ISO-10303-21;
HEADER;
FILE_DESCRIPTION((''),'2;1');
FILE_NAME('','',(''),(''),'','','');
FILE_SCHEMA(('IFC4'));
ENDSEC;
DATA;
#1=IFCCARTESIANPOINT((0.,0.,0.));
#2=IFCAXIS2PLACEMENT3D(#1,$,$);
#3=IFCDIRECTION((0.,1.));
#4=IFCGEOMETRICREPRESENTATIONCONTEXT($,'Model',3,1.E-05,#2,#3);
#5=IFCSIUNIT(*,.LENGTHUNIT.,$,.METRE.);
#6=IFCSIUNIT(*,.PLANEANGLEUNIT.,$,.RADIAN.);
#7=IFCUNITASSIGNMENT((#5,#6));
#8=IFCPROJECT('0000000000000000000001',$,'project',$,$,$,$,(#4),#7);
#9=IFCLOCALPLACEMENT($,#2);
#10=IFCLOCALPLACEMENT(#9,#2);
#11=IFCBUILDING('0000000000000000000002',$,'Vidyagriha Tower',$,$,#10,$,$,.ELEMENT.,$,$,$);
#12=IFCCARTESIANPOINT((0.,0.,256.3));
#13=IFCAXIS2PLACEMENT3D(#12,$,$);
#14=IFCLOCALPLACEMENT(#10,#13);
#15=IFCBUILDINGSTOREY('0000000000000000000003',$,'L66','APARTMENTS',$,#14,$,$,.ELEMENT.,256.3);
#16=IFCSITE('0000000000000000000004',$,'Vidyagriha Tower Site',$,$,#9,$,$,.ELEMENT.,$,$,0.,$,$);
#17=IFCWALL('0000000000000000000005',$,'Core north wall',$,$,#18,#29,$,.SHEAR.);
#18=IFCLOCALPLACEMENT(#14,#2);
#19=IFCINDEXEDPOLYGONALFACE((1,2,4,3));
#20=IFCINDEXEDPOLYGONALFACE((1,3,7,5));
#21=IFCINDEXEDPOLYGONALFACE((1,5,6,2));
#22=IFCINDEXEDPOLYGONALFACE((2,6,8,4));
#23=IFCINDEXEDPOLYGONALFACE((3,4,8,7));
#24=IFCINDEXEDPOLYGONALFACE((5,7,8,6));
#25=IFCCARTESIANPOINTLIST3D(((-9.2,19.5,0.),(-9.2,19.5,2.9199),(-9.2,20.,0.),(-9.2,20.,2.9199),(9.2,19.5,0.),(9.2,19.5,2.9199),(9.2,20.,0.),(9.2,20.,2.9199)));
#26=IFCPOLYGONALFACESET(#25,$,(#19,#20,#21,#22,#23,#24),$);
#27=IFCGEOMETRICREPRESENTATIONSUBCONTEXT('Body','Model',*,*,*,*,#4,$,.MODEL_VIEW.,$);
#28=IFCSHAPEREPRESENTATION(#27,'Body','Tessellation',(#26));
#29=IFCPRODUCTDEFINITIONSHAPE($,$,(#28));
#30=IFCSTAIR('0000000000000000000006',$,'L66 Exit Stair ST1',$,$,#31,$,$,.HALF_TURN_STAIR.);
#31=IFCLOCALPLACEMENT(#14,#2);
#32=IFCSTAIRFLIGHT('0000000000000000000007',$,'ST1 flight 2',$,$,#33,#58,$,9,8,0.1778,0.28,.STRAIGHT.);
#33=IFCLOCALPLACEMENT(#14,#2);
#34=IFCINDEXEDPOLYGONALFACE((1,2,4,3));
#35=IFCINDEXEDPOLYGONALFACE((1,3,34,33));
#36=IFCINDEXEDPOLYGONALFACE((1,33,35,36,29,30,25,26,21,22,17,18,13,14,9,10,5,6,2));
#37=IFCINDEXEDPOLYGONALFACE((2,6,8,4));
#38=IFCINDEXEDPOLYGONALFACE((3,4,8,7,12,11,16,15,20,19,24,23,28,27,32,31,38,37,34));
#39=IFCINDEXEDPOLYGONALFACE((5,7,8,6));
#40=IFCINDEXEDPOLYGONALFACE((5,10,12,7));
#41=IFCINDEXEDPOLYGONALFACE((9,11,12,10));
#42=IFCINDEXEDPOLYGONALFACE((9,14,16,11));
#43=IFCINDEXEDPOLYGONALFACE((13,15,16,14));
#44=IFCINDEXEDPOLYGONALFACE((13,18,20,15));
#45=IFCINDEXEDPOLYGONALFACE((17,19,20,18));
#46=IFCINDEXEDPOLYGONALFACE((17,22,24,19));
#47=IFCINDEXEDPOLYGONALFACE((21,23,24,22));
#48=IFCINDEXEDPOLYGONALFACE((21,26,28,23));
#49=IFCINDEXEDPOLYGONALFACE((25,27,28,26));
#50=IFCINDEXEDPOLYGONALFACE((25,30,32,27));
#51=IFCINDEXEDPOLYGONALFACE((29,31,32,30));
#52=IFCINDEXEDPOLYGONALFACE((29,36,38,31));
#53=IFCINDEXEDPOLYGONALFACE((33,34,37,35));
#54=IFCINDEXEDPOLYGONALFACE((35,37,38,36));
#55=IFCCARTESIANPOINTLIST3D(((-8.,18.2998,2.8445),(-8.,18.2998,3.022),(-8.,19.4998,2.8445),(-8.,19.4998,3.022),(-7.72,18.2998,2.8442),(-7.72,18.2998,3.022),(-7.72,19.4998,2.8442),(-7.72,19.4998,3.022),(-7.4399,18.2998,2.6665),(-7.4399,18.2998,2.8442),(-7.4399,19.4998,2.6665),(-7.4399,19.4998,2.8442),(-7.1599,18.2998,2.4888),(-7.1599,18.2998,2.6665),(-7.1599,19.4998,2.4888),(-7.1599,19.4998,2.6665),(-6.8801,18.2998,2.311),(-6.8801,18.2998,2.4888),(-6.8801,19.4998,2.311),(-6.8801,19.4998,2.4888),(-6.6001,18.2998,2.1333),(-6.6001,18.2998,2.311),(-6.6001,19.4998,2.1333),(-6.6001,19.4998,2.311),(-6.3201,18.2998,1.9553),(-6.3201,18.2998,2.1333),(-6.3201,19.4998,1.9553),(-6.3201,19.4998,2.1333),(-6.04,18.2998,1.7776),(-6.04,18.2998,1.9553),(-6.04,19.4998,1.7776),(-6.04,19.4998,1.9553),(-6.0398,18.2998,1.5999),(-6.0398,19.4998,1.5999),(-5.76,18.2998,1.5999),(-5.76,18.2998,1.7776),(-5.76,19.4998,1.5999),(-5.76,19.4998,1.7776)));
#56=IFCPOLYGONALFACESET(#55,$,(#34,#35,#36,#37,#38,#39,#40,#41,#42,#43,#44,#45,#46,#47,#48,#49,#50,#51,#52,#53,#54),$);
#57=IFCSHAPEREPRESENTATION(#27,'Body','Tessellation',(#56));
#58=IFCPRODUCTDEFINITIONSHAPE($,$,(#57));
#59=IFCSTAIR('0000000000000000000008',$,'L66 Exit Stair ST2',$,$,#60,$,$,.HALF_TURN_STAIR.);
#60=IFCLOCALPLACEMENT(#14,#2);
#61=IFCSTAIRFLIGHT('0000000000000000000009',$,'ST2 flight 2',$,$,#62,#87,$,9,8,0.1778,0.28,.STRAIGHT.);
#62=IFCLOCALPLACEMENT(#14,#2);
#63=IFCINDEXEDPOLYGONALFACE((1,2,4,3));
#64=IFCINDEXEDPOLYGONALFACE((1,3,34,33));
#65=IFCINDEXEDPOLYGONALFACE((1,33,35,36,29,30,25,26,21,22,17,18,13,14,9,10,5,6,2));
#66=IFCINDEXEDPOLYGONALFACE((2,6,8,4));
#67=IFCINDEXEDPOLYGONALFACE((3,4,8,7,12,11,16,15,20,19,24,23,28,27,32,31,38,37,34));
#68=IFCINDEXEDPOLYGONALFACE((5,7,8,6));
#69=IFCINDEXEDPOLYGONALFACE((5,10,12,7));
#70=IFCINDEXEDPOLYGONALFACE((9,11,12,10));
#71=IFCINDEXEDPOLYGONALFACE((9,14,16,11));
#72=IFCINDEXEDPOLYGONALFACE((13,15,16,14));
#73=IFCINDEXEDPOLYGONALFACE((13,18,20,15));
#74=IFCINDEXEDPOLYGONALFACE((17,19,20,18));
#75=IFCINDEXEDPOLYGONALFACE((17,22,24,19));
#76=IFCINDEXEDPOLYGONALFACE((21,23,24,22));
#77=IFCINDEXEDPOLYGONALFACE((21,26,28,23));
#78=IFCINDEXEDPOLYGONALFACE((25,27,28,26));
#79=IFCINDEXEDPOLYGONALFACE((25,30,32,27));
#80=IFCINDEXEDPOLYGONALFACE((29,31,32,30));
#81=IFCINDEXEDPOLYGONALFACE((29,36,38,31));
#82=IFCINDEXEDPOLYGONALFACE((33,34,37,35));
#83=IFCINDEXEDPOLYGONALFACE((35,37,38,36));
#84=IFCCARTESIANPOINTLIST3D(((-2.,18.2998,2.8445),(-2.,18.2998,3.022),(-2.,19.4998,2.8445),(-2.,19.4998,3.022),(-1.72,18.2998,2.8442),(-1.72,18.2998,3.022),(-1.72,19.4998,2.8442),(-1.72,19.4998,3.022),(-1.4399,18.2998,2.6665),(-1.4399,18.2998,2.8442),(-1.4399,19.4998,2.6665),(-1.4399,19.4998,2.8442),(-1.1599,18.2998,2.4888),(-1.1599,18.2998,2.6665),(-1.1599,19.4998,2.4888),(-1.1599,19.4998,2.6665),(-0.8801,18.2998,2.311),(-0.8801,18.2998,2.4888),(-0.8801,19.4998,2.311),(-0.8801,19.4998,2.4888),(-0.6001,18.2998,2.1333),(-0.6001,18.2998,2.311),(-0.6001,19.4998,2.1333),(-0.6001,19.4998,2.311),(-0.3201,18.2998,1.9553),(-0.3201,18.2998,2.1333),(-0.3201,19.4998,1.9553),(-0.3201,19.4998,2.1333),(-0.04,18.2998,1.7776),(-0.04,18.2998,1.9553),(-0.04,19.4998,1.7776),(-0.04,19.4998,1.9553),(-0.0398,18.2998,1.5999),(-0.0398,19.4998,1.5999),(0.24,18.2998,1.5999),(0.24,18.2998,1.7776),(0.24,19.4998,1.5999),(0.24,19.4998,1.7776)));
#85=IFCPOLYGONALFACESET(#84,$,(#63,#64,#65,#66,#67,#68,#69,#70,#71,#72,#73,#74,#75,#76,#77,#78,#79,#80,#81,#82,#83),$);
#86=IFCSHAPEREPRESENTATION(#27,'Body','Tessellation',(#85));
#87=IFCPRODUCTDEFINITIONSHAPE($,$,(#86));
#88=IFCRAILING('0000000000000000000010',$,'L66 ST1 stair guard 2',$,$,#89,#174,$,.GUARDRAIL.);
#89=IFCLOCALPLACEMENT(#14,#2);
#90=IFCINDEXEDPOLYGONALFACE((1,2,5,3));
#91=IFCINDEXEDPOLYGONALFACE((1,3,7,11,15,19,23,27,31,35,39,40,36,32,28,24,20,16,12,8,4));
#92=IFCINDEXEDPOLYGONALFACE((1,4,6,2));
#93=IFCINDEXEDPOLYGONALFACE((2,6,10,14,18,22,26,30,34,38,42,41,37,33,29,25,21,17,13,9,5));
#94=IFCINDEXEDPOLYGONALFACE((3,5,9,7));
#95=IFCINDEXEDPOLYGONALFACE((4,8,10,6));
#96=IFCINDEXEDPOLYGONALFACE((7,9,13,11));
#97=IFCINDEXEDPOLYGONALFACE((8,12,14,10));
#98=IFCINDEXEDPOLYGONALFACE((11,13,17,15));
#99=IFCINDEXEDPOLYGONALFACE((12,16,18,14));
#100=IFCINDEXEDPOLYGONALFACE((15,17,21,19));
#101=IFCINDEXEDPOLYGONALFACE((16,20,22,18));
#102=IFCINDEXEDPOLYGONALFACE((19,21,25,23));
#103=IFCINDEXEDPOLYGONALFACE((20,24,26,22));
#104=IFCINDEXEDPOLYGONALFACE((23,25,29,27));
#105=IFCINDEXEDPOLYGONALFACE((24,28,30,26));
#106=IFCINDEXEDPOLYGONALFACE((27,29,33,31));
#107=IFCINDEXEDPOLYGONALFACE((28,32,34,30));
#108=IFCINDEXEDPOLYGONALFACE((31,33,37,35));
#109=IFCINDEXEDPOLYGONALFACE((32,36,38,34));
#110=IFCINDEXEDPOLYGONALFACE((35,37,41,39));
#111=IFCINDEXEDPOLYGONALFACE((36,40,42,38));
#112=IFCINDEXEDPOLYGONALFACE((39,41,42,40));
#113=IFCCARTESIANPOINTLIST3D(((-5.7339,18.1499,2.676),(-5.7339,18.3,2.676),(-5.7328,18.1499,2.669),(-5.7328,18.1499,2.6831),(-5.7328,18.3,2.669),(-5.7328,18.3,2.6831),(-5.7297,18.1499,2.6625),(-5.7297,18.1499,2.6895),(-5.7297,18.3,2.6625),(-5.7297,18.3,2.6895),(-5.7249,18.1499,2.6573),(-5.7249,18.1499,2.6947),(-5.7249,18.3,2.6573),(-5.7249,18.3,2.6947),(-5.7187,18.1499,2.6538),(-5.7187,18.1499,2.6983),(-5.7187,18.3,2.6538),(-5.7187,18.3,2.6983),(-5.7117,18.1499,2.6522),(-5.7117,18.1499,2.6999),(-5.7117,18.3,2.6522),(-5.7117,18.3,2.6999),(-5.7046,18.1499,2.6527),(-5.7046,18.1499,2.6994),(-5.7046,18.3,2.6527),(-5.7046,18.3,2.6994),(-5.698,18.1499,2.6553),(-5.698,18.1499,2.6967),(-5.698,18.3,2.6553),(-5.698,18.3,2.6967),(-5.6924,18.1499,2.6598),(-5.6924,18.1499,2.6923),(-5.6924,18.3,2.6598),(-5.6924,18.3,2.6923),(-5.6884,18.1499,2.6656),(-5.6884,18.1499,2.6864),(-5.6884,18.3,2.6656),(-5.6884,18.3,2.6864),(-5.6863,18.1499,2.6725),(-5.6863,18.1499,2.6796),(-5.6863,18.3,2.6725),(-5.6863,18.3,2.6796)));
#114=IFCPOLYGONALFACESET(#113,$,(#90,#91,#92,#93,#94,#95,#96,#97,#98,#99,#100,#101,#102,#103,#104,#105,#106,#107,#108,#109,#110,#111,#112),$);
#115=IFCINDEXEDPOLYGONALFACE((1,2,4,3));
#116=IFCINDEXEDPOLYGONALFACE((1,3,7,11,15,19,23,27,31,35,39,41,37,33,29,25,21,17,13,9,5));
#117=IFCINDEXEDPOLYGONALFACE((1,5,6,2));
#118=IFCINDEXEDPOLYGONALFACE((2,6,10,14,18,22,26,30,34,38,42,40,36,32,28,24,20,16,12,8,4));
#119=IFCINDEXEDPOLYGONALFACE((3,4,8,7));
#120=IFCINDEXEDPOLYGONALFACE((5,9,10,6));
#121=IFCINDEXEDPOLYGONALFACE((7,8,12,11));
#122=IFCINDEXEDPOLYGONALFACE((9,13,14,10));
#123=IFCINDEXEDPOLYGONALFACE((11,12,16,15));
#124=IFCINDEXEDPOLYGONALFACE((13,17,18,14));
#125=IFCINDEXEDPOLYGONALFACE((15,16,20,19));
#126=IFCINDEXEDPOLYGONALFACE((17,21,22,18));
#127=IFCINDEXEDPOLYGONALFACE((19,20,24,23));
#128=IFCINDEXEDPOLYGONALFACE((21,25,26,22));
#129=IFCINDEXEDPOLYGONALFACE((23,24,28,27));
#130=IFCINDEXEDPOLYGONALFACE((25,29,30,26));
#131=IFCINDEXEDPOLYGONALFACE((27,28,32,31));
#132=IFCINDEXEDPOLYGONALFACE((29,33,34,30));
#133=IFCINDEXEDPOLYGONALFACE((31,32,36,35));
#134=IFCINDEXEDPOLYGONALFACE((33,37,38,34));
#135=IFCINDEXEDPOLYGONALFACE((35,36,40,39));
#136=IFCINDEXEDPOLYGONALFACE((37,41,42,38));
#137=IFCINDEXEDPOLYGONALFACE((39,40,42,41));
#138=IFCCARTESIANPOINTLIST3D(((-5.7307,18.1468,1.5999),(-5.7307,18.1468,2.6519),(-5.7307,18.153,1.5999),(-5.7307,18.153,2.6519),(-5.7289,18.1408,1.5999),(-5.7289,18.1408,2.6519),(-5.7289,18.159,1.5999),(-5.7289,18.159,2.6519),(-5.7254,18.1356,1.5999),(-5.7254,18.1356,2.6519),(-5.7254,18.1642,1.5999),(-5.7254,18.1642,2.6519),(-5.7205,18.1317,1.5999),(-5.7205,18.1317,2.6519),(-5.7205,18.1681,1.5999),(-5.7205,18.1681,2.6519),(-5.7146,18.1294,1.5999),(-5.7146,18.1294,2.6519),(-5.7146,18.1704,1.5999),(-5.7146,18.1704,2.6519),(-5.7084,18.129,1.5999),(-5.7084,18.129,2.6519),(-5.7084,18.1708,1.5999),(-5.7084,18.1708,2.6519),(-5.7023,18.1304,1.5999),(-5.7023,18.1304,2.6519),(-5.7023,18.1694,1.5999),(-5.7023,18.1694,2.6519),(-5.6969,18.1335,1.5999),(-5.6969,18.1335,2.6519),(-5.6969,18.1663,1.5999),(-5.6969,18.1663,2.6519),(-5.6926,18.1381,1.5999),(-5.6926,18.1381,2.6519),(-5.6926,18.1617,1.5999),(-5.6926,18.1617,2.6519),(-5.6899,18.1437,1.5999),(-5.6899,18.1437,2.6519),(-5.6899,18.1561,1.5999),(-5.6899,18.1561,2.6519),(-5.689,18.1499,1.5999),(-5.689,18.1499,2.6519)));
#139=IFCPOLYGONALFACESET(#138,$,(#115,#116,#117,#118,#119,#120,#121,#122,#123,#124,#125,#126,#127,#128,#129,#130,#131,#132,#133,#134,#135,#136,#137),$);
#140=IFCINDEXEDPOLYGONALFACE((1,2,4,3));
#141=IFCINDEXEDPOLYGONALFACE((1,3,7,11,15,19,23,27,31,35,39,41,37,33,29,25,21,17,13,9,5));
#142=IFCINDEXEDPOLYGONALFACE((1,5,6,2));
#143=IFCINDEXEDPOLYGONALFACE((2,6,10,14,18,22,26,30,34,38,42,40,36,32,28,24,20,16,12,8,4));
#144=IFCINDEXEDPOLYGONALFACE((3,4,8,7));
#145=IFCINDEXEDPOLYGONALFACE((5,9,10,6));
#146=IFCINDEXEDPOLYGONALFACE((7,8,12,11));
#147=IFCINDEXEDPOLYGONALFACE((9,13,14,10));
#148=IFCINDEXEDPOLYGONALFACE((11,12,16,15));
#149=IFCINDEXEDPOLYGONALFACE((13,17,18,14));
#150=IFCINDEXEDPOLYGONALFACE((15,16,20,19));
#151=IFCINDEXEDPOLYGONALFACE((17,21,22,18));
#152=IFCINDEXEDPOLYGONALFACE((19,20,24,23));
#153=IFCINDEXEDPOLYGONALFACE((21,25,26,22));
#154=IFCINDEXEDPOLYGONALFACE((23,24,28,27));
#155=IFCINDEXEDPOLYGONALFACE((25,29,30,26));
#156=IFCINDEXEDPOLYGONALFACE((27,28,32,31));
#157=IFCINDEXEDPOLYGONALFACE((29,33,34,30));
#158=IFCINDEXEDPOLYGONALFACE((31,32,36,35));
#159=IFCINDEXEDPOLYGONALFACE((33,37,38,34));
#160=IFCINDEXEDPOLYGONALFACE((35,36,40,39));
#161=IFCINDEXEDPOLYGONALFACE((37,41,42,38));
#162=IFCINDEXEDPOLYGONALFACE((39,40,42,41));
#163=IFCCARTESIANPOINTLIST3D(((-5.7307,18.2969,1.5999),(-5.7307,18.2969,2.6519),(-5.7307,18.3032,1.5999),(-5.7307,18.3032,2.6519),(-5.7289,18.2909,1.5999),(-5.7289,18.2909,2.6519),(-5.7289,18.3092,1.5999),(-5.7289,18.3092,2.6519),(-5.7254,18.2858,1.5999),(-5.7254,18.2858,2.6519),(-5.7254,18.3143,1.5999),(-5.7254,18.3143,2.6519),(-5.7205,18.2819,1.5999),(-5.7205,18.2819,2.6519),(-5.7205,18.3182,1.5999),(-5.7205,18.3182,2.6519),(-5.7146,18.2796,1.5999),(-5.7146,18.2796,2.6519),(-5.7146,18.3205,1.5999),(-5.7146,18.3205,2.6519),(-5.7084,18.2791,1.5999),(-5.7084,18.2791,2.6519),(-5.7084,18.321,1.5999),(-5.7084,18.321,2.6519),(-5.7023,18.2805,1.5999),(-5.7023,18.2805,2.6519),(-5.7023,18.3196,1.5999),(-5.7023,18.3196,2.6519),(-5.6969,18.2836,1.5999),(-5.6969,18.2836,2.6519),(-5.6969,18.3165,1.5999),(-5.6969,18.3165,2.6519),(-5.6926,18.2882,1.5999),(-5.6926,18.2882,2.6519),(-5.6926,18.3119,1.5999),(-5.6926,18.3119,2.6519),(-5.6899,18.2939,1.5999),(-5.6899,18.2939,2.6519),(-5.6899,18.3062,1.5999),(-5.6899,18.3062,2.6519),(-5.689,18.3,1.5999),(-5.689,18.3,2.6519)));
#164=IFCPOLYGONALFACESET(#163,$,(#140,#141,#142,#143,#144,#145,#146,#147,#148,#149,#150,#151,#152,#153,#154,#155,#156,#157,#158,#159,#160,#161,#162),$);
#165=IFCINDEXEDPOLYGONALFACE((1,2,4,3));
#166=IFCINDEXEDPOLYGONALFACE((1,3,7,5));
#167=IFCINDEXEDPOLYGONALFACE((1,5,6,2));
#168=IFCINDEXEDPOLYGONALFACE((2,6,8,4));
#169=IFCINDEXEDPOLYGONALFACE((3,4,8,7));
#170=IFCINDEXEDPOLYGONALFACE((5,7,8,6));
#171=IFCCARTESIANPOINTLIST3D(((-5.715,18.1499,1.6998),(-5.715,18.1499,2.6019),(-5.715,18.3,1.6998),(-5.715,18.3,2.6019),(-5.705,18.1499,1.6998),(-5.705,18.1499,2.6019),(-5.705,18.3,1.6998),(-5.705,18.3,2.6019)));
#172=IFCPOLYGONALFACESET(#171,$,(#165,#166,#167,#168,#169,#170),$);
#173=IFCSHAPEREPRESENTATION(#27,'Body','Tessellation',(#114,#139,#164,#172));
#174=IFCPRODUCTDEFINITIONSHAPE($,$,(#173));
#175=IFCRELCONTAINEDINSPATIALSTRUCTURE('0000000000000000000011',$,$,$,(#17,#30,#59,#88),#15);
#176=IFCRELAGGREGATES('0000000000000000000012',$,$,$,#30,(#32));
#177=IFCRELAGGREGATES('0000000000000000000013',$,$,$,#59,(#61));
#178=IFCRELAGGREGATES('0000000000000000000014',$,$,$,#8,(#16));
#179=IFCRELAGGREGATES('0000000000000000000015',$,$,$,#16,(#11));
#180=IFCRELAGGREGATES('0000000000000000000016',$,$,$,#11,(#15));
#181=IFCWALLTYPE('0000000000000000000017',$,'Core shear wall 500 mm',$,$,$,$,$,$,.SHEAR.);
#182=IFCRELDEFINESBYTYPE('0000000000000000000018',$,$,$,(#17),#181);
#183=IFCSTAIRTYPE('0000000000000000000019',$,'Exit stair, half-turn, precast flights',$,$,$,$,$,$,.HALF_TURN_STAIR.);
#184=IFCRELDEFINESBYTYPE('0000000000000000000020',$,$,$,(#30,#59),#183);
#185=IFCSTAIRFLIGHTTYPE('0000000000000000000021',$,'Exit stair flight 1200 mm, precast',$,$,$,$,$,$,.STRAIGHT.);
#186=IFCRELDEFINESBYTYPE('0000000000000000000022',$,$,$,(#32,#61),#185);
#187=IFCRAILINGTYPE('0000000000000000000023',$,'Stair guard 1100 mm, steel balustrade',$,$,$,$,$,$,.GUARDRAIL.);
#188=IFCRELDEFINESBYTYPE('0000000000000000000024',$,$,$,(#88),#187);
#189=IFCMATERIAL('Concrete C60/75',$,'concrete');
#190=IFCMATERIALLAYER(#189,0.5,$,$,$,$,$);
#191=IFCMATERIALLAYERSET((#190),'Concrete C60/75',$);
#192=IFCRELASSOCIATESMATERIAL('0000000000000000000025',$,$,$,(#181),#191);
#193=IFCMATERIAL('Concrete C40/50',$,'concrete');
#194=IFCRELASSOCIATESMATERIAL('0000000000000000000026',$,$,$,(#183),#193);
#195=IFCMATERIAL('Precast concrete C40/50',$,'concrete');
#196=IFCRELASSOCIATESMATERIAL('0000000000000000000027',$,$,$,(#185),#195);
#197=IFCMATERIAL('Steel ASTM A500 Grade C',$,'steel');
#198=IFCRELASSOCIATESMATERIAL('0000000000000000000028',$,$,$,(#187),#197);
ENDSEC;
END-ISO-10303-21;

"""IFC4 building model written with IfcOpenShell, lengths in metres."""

from ifc_helpers import new_model, si_unit, direction, frame, frame_2d, origin, origin_2d, place, context, subcontext, project, spatial, polyline, rectangle, circle, outline, extrude, material, layer, layer_set, type_object, element, aggregate, save


model = new_model("IFC4")

# Units and contexts
model_context = context("Model", 3, precision=1e-05, world=origin(), true_north=direction((0.0, 1.0)))
body_context = subcontext(model_context, "Body", "Model", "MODEL_VIEW")
ifc_project = project(units=[si_unit("LENGTHUNIT", "METRE"), si_unit("PLANEANGLEUNIT", "RADIAN")], contexts=[model_context])

# Site, building, storey
site_placement = place(None, origin())
site = spatial("IfcSite", under=ifc_project, at=site_placement, Name="Vidyagriha Tower Site", CompositionType="ELEMENT", RefElevation=0.0)
building_placement = place(site_placement, origin())
building = spatial("IfcBuilding", under=site, at=building_placement, Name="Vidyagriha Tower", CompositionType="ELEMENT")
storey_placement = place(building_placement, frame((0.0, 0.0, 256.3)))
storey = spatial("IfcBuildingStorey", under=building, at=storey_placement, Name="L66", Description="APARTMENTS", CompositionType="ELEMENT", Elevation=256.3)

# Wall
ifc_material_1 = material(Name="Concrete C60/75", Category="concrete")
ifc_layer_1 = layer(ifc_material_1, 0.5)
ifc_layer_set_1 = layer_set([ifc_layer_1], Name="Concrete C60/75")
wall_type = type_object("IfcWallType", Name="Core shear wall 500 mm", PredefinedType="SHEAR", material=ifc_layer_set_1)
wall_placement = place(storey_placement, frame((-9.2, 19.75, 0.0)))
element("IfcWall", 1, at=wall_placement, inside=storey, type_object=wall_type, Name="Core north wall", PredefinedType="SHEAR", context=body_context, shape_type="SweptSolid", body=[
    extrude(rectangle(XDim=18.3999, YDim=0.5, at=frame_2d((9.2, 0.0))), origin(), (0.0, 0.0, 1.0), 2.9199),
])

# Stairs, stair flights
ifc_material_2 = material(Name="Concrete C40/50", Category="concrete")
stair_type = type_object("IfcStairType", Name="Exit stair, half-turn, precast flights", PredefinedType="HALF_TURN_STAIR", material=ifc_material_2)
stair_1_placement = place(storey_placement, origin())
stair_1 = element("IfcStair", 2, at=stair_1_placement, inside=storey, type_object=stair_type, Name="L66 Exit Stair ST1", PredefinedType="HALF_TURN_STAIR")
ifc_material_3 = material(Name="Precast concrete C40/50", Category="concrete")
stair_flight_type = type_object("IfcStairFlightType", Name="Exit stair flight 1200 mm, precast", PredefinedType="STRAIGHT", material=ifc_material_3)
stair_flight_1_placement = place(storey_placement, frame((-5.76, 18.8999, 1.5999), z_axis=(0.0, 0.0, 1.0), x_axis=(-1.0, 0.0, 0.0)))
stair_flight_1 = element("IfcStairFlight", 3, at=stair_flight_1_placement, type_object=stair_flight_type, Name="ST1 flight 2", NumberOfRisers=9, NumberOfTreads=8, PredefinedType="STRAIGHT", RiserHeight=0.1778, TreadLength=0.28, context=body_context, shape_type="SweptSolid", body=[
    extrude(outline(polyline([(0.0, 0.0), (0.0, 0.1777), (0.28, 0.1777), (0.28, 0.3555), (0.5601, 0.3555), (0.5601, 0.5334), (0.8401, 0.5334), (0.8401, 0.7112), (1.1201, 0.7112), (1.1201, 0.8889), (1.3999, 0.8889), (1.3999, 1.0667), (1.6799, 1.0667), (1.6799, 1.2444), (1.96, 1.2444), (1.96, 1.4221), (2.24, 1.4221), (2.24, 1.6001), (2.24, 1.2446), (0.2798, 0.0), (0.0, 0.0)])), frame((0.0, 0.6001, 0.0), z_axis=(0.0, -1.0, 0.0), x_axis=(1.0, 0.0, 0.0)), (0.0, 0.0, 1.0), 1.2),
])
aggregate(stair_1, [stair_flight_1])
stair_2_placement = place(storey_placement, origin())
stair_2 = element("IfcStair", 4, at=stair_2_placement, inside=storey, type_object=stair_type, Name="L66 Exit Stair ST2", PredefinedType="HALF_TURN_STAIR")
stair_flight_2_placement = place(storey_placement, frame((0.24, 18.8999, 1.5999), z_axis=(0.0, 0.0, 1.0), x_axis=(-1.0, 0.0, 0.0)))
stair_flight_2 = element("IfcStairFlight", 5, at=stair_flight_2_placement, type_object=stair_flight_type, Name="ST2 flight 2", NumberOfRisers=9, NumberOfTreads=8, PredefinedType="STRAIGHT", RiserHeight=0.1778, TreadLength=0.28, context=body_context, shape_type="SweptSolid", body=[
    extrude(outline(polyline([(0.0, 0.0), (0.0, 0.1777), (0.28, 0.1777), (0.28, 0.3555), (0.5601, 0.3555), (0.5601, 0.5334), (0.8401, 0.5334), (0.8401, 0.7112), (1.1201, 0.7112), (1.1201, 0.8889), (1.3999, 0.8889), (1.3999, 1.0667), (1.6799, 1.0667), (1.6799, 1.2444), (1.96, 1.2444), (1.96, 1.4221), (2.24, 1.4221), (2.24, 1.6001), (2.24, 1.2446), (0.2798, 0.0), (0.0, 0.0)])), frame((0.0, 0.6001, 0.0), z_axis=(0.0, -1.0, 0.0), x_axis=(1.0, 0.0, 0.0)), (0.0, 0.0, 1.0), 1.2),
])
aggregate(stair_2, [stair_flight_2])

# Railing
ifc_material_4 = material(Name="Steel ASTM A500 Grade C", Category="steel")
railing_type_1 = type_object("IfcRailingType", Name="Stair guard 1100 mm, steel balustrade", PredefinedType="GUARDRAIL", material=ifc_material_4)
railing_1_placement = place(storey_placement, frame((-5.71, 18.1499, 1.5999)))
element("IfcRailing", 6, at=railing_1_placement, inside=storey, type_object=railing_type_1, Name="L66 ST1 stair guard 2", PredefinedType="GUARDRAIL", context=body_context, shape_type="SweptSolid", body=[
    extrude(circle(Radius=0.0239, at=origin_2d()), frame((0.0, 0.0, 1.0762), z_axis=(0.0, 1.0, 0.0), x_axis=(-1.0, 0.0, 0.0)), (0.0, 0.0, 1.0), 0.1501),
    extrude(circle(Radius=0.021, at=origin_2d()), origin(), (0.0, 0.0, 1.0), 1.052),
    extrude(circle(Radius=0.021, at=origin_2d()), frame((0.0, 0.1501, 0.0)), (0.0, 0.0, 1.0), 1.052),
    extrude(rectangle(XDim=0.01, YDim=0.9021, at=origin_2d()), frame((0.0, 0.0, 0.551), z_axis=(0.0, 1.0, 0.0), x_axis=(-1.0, 0.0, 0.0)), (0.0, 0.0, 1.0), 0.1501),
])

save(model, "model.ifc")
